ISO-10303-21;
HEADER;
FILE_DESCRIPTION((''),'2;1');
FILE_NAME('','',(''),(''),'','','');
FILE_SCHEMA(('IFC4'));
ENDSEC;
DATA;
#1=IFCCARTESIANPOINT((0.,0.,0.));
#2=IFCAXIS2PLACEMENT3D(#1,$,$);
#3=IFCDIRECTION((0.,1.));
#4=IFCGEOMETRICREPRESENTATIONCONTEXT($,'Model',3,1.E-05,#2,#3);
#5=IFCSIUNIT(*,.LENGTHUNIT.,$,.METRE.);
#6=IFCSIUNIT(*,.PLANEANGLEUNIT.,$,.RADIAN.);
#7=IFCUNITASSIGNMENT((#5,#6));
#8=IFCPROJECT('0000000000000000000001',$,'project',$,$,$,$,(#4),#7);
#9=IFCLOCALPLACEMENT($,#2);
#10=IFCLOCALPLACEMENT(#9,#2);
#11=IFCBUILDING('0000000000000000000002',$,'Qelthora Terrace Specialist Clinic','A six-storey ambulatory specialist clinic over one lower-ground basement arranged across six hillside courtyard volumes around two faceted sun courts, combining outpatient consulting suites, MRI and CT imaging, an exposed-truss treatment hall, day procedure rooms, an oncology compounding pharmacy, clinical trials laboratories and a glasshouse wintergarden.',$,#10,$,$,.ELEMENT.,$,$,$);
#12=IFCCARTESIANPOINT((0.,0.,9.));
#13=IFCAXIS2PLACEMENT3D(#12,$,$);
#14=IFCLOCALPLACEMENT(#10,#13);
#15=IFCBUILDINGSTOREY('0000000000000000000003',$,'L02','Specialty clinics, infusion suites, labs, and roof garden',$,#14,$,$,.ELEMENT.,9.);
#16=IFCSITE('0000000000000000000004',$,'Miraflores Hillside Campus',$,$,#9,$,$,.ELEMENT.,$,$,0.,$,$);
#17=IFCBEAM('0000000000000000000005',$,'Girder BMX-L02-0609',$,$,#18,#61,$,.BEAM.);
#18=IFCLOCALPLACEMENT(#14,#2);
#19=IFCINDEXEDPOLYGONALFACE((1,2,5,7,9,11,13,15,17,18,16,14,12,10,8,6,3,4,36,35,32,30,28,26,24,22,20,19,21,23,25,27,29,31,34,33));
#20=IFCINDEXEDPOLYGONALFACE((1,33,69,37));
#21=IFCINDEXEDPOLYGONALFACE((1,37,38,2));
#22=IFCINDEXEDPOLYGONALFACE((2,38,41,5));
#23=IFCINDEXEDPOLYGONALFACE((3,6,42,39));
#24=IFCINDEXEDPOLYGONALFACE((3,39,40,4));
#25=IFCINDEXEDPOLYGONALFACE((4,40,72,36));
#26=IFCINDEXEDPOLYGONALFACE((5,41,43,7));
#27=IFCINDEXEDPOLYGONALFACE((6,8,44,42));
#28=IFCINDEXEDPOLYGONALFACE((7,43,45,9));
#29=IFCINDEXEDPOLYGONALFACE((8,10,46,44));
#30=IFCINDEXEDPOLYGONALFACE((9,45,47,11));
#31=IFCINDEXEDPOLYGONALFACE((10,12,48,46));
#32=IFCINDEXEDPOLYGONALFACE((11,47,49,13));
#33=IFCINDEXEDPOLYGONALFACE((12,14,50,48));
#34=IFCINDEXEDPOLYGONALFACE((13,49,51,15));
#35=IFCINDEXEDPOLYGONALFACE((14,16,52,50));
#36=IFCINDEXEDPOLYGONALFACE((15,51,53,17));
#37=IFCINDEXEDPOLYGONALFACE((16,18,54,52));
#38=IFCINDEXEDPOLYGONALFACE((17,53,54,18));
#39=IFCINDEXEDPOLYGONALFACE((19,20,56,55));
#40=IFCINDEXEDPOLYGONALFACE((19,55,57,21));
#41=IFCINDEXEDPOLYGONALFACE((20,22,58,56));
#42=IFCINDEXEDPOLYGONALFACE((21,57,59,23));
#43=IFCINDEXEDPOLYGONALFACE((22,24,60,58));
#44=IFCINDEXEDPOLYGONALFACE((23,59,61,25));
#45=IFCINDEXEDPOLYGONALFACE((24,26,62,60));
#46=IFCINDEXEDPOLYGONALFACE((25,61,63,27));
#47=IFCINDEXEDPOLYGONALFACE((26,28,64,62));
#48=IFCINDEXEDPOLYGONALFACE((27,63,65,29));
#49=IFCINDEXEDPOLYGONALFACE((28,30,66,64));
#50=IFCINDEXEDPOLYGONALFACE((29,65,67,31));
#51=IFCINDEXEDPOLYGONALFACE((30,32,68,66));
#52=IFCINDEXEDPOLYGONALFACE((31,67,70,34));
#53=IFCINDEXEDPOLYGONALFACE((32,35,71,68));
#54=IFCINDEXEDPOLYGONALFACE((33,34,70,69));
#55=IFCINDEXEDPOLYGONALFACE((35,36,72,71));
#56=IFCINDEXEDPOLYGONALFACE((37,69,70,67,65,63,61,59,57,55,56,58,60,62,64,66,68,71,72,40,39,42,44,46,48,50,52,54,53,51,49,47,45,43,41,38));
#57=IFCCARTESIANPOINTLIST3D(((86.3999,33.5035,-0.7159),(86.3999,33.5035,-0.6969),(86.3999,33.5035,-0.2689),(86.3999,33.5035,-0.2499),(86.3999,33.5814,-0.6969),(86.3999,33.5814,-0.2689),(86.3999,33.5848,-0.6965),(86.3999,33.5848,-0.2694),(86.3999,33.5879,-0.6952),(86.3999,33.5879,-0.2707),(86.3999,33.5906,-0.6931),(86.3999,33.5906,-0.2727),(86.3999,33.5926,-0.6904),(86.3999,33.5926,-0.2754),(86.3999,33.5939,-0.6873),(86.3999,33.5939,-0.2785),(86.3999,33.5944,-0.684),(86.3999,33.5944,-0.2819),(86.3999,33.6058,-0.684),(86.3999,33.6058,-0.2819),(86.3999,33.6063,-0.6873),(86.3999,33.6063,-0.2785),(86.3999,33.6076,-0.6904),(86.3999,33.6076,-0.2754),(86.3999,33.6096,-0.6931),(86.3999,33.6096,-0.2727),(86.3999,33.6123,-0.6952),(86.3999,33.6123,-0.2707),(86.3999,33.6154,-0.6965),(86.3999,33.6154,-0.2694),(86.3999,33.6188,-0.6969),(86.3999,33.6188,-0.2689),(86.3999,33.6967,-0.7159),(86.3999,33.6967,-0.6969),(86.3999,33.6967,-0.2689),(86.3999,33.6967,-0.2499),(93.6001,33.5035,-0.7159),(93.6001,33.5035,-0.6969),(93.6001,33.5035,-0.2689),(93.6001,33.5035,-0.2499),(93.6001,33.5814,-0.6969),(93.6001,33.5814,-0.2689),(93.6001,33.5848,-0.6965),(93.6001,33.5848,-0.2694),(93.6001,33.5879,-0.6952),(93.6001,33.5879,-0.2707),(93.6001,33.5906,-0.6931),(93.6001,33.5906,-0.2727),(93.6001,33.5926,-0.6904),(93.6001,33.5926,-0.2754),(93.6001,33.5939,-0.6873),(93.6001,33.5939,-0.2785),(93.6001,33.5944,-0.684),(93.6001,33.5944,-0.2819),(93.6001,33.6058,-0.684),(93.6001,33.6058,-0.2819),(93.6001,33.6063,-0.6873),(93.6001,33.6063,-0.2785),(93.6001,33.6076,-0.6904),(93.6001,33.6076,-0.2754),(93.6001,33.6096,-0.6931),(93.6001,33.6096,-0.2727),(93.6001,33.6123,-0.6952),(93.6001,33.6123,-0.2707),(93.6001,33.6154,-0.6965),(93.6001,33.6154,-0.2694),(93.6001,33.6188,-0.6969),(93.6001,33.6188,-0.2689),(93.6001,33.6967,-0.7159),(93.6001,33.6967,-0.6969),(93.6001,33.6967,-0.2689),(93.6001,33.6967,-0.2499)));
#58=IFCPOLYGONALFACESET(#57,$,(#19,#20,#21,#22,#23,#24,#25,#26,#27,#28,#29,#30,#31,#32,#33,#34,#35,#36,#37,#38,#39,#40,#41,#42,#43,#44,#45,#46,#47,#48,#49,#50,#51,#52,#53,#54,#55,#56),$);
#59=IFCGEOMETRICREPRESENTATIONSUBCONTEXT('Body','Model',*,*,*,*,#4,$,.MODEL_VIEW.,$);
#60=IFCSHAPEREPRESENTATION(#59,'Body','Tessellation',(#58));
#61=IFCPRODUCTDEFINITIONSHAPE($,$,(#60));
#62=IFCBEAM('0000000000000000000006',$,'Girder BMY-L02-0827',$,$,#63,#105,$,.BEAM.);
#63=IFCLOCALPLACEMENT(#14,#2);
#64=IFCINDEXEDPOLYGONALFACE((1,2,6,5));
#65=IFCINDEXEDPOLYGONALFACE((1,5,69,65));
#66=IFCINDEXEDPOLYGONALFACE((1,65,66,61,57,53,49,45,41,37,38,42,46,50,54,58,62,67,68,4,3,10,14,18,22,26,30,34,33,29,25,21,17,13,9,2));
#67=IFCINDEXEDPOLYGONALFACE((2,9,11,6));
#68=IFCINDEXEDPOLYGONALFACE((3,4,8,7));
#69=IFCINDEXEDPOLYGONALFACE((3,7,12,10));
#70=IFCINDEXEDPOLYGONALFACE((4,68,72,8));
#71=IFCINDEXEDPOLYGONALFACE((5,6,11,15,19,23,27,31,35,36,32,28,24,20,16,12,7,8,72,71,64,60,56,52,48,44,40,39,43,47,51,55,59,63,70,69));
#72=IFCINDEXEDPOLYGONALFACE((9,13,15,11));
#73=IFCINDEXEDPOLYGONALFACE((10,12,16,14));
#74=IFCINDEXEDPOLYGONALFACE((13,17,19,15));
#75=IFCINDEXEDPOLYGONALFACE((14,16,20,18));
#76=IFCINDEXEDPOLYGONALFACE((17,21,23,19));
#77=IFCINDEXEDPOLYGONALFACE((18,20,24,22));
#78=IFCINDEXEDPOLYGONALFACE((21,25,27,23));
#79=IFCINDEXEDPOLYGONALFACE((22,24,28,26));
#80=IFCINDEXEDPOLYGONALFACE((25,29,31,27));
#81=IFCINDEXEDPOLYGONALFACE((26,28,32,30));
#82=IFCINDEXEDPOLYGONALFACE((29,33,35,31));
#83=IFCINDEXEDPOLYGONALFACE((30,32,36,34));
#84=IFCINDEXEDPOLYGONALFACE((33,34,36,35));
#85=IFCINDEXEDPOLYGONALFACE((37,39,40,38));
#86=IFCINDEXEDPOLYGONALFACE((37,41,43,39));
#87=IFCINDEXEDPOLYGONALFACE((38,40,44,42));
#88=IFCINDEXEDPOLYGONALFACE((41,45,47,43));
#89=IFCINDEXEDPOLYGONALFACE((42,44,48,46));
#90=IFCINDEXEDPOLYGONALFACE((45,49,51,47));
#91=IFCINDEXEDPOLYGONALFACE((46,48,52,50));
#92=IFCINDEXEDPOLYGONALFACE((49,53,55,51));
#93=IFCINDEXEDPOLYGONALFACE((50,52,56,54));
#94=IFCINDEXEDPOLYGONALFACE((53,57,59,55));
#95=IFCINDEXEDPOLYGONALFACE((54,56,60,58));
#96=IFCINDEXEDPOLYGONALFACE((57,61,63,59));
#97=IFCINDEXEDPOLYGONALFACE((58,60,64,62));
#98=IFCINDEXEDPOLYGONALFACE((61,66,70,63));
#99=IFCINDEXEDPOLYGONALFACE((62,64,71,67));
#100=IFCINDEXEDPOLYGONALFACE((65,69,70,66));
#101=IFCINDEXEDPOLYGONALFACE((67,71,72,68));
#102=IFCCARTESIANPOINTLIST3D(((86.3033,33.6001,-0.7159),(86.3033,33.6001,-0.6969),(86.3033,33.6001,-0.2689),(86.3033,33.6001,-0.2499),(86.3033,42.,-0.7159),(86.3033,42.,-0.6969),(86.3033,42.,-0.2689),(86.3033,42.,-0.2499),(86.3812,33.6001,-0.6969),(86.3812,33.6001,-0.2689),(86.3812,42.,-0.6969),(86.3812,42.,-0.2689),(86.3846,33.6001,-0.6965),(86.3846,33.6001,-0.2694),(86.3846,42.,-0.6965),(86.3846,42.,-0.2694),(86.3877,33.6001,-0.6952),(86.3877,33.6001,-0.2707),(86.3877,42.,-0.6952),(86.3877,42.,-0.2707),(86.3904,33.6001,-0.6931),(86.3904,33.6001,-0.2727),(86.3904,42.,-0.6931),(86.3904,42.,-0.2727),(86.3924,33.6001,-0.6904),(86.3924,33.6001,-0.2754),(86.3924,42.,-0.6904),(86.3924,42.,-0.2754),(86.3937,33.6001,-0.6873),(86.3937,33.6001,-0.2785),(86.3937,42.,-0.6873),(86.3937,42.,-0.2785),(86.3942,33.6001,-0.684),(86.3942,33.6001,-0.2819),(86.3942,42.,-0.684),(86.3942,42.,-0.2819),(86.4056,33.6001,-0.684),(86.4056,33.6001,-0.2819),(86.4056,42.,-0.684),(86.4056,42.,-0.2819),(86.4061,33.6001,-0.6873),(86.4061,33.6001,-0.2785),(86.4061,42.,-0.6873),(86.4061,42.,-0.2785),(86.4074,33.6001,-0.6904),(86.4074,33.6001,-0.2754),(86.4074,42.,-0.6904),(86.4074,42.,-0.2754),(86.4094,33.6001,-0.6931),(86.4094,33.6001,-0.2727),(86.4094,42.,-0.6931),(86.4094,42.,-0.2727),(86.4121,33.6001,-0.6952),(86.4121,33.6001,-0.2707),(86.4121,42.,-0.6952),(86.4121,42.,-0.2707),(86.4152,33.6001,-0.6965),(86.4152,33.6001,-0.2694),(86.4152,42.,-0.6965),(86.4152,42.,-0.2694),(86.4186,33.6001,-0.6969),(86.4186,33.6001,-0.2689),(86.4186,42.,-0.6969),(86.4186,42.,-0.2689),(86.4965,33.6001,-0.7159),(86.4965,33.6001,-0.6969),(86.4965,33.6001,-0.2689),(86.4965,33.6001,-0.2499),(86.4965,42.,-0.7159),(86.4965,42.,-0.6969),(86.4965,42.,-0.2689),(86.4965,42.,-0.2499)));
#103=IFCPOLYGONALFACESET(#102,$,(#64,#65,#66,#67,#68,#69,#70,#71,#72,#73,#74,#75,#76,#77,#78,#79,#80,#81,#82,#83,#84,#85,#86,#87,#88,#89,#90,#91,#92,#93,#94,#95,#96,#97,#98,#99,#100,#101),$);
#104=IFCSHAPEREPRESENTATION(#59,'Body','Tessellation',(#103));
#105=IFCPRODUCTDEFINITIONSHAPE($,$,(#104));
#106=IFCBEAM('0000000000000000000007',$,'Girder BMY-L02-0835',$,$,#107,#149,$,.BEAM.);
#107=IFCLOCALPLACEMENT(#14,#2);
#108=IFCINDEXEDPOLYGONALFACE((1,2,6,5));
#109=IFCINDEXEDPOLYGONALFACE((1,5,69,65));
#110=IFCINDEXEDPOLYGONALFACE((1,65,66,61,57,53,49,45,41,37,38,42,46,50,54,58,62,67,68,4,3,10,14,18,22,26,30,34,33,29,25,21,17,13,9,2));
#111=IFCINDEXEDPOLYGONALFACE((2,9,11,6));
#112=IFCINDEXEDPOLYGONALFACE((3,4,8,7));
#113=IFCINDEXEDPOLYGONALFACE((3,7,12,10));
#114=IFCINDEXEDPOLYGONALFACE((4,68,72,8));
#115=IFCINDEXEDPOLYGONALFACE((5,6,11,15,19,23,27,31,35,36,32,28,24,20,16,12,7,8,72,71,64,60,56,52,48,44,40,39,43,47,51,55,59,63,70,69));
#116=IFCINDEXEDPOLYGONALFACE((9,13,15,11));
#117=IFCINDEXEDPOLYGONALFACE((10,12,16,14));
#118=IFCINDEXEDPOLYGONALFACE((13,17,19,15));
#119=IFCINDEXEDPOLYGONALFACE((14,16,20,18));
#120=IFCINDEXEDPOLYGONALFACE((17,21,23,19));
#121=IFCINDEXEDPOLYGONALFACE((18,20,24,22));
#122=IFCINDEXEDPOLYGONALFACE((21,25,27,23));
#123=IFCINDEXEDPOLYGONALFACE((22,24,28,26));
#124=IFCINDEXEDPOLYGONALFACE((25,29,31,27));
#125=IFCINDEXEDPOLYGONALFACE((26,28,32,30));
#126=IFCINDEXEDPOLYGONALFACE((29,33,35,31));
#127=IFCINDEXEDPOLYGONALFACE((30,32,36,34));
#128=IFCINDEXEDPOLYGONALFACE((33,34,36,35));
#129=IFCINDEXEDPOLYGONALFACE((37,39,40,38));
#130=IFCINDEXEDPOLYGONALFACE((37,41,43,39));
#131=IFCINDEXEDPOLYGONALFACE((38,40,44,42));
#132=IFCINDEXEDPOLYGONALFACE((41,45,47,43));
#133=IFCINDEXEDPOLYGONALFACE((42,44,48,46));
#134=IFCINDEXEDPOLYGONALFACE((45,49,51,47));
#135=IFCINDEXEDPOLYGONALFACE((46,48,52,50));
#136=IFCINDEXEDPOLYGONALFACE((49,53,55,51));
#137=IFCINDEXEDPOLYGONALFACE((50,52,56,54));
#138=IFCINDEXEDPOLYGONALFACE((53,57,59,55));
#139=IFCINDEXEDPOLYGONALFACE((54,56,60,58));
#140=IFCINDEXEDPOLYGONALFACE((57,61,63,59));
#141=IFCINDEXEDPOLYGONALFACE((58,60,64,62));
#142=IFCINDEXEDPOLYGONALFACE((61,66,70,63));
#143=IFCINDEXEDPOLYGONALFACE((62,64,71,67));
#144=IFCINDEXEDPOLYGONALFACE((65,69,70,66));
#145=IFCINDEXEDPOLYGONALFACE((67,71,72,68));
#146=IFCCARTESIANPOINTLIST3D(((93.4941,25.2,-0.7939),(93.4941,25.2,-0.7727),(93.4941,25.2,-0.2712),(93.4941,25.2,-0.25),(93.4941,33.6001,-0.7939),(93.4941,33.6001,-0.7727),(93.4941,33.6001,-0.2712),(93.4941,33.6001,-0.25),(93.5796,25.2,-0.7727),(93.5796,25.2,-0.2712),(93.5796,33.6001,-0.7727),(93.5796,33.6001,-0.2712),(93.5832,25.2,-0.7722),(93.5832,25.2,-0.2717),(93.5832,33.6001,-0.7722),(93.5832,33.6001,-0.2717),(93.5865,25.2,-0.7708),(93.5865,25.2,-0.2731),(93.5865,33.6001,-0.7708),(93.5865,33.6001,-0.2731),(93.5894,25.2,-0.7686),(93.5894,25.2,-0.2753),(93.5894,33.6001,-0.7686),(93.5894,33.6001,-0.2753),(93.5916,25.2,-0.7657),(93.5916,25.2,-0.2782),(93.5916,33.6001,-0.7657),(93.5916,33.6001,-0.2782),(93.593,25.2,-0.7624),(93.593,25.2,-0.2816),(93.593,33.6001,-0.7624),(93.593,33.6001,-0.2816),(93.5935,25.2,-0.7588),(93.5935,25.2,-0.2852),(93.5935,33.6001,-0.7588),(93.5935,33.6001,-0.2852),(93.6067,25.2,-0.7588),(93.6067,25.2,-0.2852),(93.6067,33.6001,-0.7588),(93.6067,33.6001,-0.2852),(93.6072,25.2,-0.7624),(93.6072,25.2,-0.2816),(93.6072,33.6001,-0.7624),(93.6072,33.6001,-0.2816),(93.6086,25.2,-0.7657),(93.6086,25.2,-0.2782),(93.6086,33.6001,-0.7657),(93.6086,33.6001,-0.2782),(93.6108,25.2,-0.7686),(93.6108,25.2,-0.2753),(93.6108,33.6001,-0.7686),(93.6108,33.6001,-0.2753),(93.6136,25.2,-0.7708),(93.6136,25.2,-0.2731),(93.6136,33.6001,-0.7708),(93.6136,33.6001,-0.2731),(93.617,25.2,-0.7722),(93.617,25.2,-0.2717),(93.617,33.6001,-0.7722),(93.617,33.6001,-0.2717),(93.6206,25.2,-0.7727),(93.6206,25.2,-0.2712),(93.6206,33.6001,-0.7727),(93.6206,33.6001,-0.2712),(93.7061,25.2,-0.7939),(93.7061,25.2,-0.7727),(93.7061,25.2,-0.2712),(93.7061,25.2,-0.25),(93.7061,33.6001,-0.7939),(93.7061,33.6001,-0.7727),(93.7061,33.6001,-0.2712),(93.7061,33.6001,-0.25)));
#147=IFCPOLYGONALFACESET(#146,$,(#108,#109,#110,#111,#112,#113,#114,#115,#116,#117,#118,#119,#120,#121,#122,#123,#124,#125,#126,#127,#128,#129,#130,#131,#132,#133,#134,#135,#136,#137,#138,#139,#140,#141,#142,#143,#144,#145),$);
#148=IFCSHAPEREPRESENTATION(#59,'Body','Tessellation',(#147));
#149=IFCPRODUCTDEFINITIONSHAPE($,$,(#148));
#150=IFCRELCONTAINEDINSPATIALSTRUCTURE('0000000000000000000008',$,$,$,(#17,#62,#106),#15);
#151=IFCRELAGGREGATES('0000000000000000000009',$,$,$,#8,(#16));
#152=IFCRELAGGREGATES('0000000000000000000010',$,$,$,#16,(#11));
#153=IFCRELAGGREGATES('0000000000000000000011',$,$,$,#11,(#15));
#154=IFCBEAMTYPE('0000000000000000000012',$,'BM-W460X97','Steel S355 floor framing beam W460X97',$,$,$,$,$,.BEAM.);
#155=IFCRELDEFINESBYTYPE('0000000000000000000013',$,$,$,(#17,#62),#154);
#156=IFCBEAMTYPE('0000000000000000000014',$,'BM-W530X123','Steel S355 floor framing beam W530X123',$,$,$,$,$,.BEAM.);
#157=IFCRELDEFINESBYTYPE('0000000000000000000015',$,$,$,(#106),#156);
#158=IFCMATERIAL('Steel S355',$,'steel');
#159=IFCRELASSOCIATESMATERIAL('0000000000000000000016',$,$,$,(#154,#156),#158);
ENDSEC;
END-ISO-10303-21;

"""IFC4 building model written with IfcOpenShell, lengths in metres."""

from ifc_helpers import new_model, si_unit, direction, frame, origin, origin_2d, place, context, subcontext, project, spatial, i_section, extrude, material, material_profile, profile_set, type_object, element, save


model = new_model("IFC4")

# Units and contexts
model_context = context("Model", 3, precision=1e-05, world=origin(), true_north=direction((0.0, 1.0)))
body_context = subcontext(model_context, "Body", "Model", "MODEL_VIEW")
ifc_project = project(units=[si_unit("LENGTHUNIT", "METRE"), si_unit("PLANEANGLEUNIT", "RADIAN")], contexts=[model_context])

# Site, building, storey
site_placement = place(None, origin())
site = spatial("IfcSite", under=ifc_project, at=site_placement, Name="Miraflores Hillside Campus", CompositionType="ELEMENT", RefElevation=0.0)
building_placement = place(site_placement, origin())
building = spatial("IfcBuilding", under=site, at=building_placement, Name="Qelthora Terrace Specialist Clinic", Description="A six-storey ambulatory specialist clinic over one lower-ground basement arranged across six hillside courtyard volumes around two faceted sun courts, combining outpatient consulting suites, MRI and CT imaging, an exposed-truss treatment hall, day procedure rooms, an oncology compounding pharmacy, clinical trials laboratories and a glasshouse wintergarden.", CompositionType="ELEMENT")
storey_placement = place(building_placement, frame((0.0, 0.0, 9.0)))
storey = spatial("IfcBuildingStorey", under=building, at=storey_placement, Name="L02", Description="Specialty clinics, infusion suites, labs, and roof garden", CompositionType="ELEMENT", Elevation=9.0)

# Beams
ifc_material = material(Name="Steel S355", Category="steel")
ifc_material_profile_1 = material_profile(ifc_material, i_section(OverallWidth=0.1931, OverallDepth=0.4661, WebThickness=0.0115, FlangeThickness=0.019, FilletRadius=0.0129, at=origin_2d()), Name="W460X97")
ifc_profile_set_1 = profile_set([ifc_material_profile_1], Name="Steel S355")
beam_type_1 = type_object("IfcBeamType", Name="BM-W460X97", Description="Steel S355 floor framing beam W460X97", PredefinedType="BEAM", material=ifc_profile_set_1)
beam_1_placement = place(storey_placement, frame((86.3999, 33.6001, -0.4829), z_axis=(1.0, 0.0, 0.0), x_axis=(0.0, 1.0, 0.0)))
element("IfcBeam", 1, at=beam_1_placement, inside=storey, type_object=beam_type_1, Name="Girder BMX-L02-0609", PredefinedType="BEAM", context=body_context, shape_type="SweptSolid", body=[
    extrude(i_section(OverallWidth=0.1931, OverallDepth=0.4661, WebThickness=0.0115, FlangeThickness=0.019, FilletRadius=0.0129, at=origin_2d()), origin(), (0.0, 0.0, 1.0), 7.2002),
])
beam_2_placement = place(storey_placement, frame((86.3999, 33.6001, -0.4829), z_axis=(0.0, 1.0, 0.0), x_axis=(-1.0, 0.0, 0.0)))
element("IfcBeam", 2, at=beam_2_placement, inside=storey, type_object=beam_type_1, Name="Girder BMY-L02-0827", PredefinedType="BEAM", context=body_context, shape_type="SweptSolid", body=[
    extrude(i_section(OverallWidth=0.1931, OverallDepth=0.4661, WebThickness=0.0115, FlangeThickness=0.019, FilletRadius=0.0129, at=origin_2d()), origin(), (0.0, 0.0, 1.0), 8.3999),
])
ifc_material_profile_2 = material_profile(ifc_material, i_section(OverallWidth=0.2119, OverallDepth=0.5439, WebThickness=0.0132, FlangeThickness=0.0212, FilletRadius=0.0139, at=origin_2d()), Name="W530X123")
ifc_profile_set_2 = profile_set([ifc_material_profile_2], Name="Steel S355")
beam_type_2 = type_object("IfcBeamType", Name="BM-W530X123", Description="Steel S355 floor framing beam W530X123", PredefinedType="BEAM", material=ifc_profile_set_2)
beam_3_placement = place(storey_placement, frame((93.6001, 25.2, -0.522), z_axis=(0.0, 1.0, 0.0), x_axis=(-1.0, 0.0, 0.0)))
element("IfcBeam", 3, at=beam_3_placement, inside=storey, type_object=beam_type_2, Name="Girder BMY-L02-0835", PredefinedType="BEAM", context=body_context, shape_type="SweptSolid", body=[
    extrude(i_section(OverallWidth=0.2119, OverallDepth=0.5439, WebThickness=0.0132, FlangeThickness=0.0212, FilletRadius=0.0139, at=origin_2d()), origin(), (0.0, 0.0, 1.0), 8.4001),
])

save(model, "model.ifc")
